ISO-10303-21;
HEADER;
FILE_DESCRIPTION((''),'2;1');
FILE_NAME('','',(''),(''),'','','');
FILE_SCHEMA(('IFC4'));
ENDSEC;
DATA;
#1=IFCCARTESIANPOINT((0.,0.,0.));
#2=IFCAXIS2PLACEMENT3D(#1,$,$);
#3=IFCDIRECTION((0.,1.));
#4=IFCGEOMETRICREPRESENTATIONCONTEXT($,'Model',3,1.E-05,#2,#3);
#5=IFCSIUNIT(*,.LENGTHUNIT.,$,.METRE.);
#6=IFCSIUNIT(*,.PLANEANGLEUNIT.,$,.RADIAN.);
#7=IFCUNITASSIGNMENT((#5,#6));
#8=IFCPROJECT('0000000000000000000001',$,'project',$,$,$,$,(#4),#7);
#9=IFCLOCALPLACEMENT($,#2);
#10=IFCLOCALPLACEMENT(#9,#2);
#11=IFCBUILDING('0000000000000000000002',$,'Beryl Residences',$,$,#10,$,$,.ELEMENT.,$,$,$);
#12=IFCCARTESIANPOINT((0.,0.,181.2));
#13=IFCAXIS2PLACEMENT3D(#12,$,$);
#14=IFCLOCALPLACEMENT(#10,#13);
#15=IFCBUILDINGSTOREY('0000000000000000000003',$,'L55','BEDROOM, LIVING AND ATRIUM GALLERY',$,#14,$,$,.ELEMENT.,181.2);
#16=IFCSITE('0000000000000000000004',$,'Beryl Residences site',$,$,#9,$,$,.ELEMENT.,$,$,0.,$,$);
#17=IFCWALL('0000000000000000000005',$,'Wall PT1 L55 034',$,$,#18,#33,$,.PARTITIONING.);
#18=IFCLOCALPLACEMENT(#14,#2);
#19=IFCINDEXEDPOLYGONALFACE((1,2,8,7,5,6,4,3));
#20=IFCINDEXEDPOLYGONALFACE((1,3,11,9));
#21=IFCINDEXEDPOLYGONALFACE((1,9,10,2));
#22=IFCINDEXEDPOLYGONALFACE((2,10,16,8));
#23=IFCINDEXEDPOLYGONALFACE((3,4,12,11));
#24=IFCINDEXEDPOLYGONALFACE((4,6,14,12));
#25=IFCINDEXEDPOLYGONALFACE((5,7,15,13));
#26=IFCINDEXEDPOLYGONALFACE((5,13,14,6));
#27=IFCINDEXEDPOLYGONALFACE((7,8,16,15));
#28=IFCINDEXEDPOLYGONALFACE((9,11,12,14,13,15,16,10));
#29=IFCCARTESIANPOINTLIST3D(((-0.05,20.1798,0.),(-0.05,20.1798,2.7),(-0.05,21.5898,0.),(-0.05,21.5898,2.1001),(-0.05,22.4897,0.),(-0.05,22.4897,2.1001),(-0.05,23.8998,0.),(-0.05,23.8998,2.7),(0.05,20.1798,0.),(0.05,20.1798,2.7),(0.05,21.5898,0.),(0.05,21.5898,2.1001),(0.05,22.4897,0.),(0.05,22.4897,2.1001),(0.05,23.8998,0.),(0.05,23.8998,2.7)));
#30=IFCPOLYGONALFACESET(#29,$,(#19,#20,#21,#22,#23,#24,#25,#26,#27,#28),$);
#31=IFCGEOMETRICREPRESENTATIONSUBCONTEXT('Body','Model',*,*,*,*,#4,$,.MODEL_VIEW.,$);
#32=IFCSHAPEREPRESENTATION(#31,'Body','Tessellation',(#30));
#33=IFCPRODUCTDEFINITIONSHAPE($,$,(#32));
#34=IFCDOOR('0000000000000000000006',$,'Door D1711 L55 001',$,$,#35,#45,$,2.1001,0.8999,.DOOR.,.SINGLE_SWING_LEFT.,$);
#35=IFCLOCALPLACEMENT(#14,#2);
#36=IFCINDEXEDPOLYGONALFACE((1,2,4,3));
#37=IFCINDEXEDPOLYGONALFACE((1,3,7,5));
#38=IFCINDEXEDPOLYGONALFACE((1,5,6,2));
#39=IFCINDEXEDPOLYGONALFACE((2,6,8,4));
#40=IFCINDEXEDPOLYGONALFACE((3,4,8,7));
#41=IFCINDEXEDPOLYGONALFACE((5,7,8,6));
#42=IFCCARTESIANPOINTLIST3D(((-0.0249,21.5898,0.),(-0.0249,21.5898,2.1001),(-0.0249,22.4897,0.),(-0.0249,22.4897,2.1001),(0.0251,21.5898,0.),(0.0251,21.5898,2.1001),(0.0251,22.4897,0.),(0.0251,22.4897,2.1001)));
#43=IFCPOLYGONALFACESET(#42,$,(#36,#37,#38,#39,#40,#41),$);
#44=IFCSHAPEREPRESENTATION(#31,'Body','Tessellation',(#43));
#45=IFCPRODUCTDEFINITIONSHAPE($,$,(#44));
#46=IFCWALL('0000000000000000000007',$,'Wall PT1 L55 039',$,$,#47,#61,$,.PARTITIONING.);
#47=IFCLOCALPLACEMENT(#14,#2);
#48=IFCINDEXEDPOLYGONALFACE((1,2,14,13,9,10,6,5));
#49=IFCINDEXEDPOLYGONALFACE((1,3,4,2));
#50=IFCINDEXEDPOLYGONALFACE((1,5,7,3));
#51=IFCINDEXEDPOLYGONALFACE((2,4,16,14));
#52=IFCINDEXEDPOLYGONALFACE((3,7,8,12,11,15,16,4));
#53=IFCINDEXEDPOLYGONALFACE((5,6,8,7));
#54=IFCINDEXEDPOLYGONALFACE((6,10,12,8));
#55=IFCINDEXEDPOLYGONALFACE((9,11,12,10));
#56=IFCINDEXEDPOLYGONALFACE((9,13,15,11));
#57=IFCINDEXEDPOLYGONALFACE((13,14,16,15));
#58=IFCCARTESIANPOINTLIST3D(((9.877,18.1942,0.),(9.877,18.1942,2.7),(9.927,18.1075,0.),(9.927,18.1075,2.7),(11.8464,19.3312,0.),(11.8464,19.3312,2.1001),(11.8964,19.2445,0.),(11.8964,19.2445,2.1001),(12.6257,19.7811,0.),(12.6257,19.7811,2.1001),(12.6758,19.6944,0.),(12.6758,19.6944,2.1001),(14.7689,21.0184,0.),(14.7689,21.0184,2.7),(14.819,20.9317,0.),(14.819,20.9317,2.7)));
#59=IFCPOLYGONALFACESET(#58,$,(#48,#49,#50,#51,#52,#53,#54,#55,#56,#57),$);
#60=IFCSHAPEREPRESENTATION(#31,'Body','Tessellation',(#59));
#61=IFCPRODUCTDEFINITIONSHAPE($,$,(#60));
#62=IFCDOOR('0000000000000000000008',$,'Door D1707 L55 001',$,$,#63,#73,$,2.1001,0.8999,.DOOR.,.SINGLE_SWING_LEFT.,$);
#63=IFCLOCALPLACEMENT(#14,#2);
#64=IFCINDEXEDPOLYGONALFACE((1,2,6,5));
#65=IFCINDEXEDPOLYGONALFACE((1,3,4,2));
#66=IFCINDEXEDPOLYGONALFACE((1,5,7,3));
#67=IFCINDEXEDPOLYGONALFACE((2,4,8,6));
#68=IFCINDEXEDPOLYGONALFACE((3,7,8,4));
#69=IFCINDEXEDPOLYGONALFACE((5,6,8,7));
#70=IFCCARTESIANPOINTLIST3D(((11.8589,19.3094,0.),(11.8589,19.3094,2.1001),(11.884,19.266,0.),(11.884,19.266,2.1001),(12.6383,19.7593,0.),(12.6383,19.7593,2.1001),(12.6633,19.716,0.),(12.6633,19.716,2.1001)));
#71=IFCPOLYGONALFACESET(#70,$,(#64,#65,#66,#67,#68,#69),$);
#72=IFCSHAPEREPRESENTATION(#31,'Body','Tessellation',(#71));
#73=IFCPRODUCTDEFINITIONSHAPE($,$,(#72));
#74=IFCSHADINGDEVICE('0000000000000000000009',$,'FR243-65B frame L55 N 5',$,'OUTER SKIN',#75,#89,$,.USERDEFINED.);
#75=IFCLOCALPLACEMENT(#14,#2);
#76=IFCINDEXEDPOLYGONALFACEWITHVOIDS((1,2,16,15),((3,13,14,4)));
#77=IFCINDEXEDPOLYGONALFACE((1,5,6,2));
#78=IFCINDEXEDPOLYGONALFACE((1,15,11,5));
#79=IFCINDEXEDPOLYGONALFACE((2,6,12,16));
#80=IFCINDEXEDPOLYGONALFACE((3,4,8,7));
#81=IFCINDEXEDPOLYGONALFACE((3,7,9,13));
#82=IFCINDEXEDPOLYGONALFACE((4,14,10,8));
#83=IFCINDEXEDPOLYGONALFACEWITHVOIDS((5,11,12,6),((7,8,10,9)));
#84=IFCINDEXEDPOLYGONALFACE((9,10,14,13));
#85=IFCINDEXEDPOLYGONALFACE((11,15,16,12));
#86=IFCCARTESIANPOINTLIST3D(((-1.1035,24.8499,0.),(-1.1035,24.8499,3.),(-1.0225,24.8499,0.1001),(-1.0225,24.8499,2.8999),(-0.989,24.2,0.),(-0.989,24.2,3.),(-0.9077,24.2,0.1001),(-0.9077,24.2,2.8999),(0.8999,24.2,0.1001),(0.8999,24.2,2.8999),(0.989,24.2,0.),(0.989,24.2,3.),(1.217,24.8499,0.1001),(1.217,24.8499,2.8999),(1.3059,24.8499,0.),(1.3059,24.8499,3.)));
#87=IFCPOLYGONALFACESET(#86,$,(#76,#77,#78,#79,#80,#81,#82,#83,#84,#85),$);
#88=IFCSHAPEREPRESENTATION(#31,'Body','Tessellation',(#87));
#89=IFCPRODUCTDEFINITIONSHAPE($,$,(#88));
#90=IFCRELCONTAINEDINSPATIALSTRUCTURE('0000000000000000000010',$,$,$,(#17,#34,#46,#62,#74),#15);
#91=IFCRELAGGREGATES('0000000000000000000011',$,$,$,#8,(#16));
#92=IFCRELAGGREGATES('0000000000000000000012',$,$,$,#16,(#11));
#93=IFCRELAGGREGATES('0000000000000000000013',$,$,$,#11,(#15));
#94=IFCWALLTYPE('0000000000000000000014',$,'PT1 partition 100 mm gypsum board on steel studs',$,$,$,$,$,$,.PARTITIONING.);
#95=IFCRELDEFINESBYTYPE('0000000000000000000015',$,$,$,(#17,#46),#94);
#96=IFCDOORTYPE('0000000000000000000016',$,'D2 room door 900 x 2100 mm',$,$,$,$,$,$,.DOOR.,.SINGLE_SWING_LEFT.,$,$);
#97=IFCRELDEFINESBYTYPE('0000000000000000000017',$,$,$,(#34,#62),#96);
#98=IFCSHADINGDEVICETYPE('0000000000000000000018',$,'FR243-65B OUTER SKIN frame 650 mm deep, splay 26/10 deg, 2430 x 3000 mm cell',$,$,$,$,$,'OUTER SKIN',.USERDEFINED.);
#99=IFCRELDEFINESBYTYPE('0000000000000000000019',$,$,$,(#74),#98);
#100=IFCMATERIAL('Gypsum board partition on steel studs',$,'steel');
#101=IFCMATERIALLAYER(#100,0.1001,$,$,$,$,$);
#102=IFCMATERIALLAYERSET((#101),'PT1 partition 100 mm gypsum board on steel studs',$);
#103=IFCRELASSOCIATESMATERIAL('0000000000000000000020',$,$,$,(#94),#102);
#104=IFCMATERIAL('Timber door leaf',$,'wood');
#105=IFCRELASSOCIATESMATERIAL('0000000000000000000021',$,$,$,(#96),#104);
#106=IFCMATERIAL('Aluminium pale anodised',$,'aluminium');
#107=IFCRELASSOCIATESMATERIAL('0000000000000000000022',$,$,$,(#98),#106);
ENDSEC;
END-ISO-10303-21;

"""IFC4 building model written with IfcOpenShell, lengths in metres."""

from ifc_helpers import new_model, entity, si_unit, direction, frame, frame_2d, origin, place, context, subcontext, project, spatial, rectangle, extrude, source, transform, mapped, material, layer, layer_set, type_object, type_shapes, element, fill, save


model = new_model("IFC4")

# Units and contexts
model_context = context("Model", 3, precision=1e-05, world=origin(), true_north=direction((0.0, 1.0)))
body_context = subcontext(model_context, "Body", "Model", "MODEL_VIEW")
ifc_project = project(units=[si_unit("LENGTHUNIT", "METRE"), si_unit("PLANEANGLEUNIT", "RADIAN")], contexts=[model_context])

# Site, building, storey
site_placement = place(None, origin())
site = spatial("IfcSite", under=ifc_project, at=site_placement, Name="Beryl Residences site", CompositionType="ELEMENT", RefElevation=0.0)
building_placement = place(site_placement, origin())
building = spatial("IfcBuilding", under=site, at=building_placement, Name="Beryl Residences", CompositionType="ELEMENT")
storey_placement = place(building_placement, frame((0.0, 0.0, 181.2)))
storey = spatial("IfcBuildingStorey", under=building, at=storey_placement, Name="L55", Description="BEDROOM, LIVING AND ATRIUM GALLERY", CompositionType="ELEMENT", Elevation=181.2)

# Shared definitions
ifc_material_1 = material(Name="Gypsum board partition on steel studs", Category="steel")
ifc_layer = layer(ifc_material_1, 0.1001)
ifc_layer_set = layer_set([ifc_layer], Name="PT1 partition 100 mm gypsum board on steel studs")
wall_type = type_object("IfcWallType", Name="PT1 partition 100 mm gypsum board on steel studs", PredefinedType="PARTITIONING", material=ifc_layer_set)

# Walls, openings, doors
ifc_material_2 = material(Name="Timber door leaf", Category="wood")
door_type_1 = type_object("IfcDoorType", Name="D2 room door 900 x 2100 mm", OperationType="SINGLE_SWING_LEFT", PredefinedType="DOOR", material=ifc_material_2)
wall_1_placement = place(storey_placement, frame((0.0, 20.1799, 0.0), z_axis=(0.0, 0.0, 1.0), x_axis=(0.0, 1.0, 0.0)))
wall_1 = element("IfcWall", 1, at=wall_1_placement, inside=storey, type_object=wall_type, Name="Wall PT1 L55 034", PredefinedType="PARTITIONING", context=body_context, shape_type="SweptSolid", body=[
    extrude(rectangle(XDim=3.72, YDim=0.1001, at=frame_2d((1.8599, 0.0))), origin(), (0.0, 0.0, 1.0), 2.7),
])
opening_1_placement = place(wall_1_placement, frame((1.4099, 0.0, 0.0)))
opening_1 = element("IfcOpeningElement", 2, at=opening_1_placement, cuts=wall_1, PredefinedType="OPENING", context=body_context, shape_type="SweptSolid", body=[
    extrude(rectangle(XDim=0.8999, YDim=2.1001, at=frame_2d((0.45, 1.05))), frame((0.0, 0.0601, 0.0), z_axis=(0.0, -1.0, 0.0), x_axis=(1.0, 0.0, 0.0)), (0.0, 0.0, 1.0), 0.1201),
])
door_1_placement = place(opening_1_placement, origin())
door_1 = element("IfcDoor", 3, at=door_1_placement, inside=storey, type_object=door_type_1, Name="Door D1711 L55 001", OperationType="SINGLE_SWING_LEFT", OverallHeight=2.1001, OverallWidth=0.8999, PredefinedType="DOOR", context=body_context, shape_type="SweptSolid", body=[
    extrude(rectangle(XDim=0.8999, YDim=2.1001, at=frame_2d((0.45, 1.05))), frame((0.0, 0.0249, 0.0), z_axis=(0.0, -1.0, 0.0), x_axis=(1.0, 0.0, 0.0)), (0.0, 0.0, 1.0), 0.05),
])
fill(opening_1, door_1)
wall_2_placement = place(storey_placement, frame((9.9021, 18.1509, 0.0), z_axis=(0.0, 0.0, 1.0), x_axis=(0.866032, 0.499988, 0.0)))
wall_2 = element("IfcWall", 4, at=wall_2_placement, inside=storey, type_object=wall_type, Name="Wall PT1 L55 039", PredefinedType="PARTITIONING", context=body_context, shape_type="SweptSolid", body=[
    extrude(rectangle(XDim=5.6487, YDim=0.1001, at=frame_2d((2.8242, 0.0))), origin(), (0.0, 0.0, 1.0), 2.7),
])
opening_2_placement = place(wall_2_placement, frame((2.2739, 0.0, 0.0)))
opening_2 = element("IfcOpeningElement", 5, at=opening_2_placement, cuts=wall_2, PredefinedType="OPENING", context=body_context, shape_type="SweptSolid", body=[
    extrude(rectangle(XDim=0.8999, YDim=2.1001, at=frame_2d((0.45, 1.05))), frame((0.0, 0.0601, 0.0), z_axis=(0.0, -1.0, 0.0), x_axis=(1.0, 0.0, 0.0)), (0.0, 0.0, 1.0), 0.1201),
])
door_2_placement = place(opening_2_placement, origin())
door_2 = element("IfcDoor", 6, at=door_2_placement, inside=storey, type_object=door_type_1, Name="Door D1707 L55 001", OperationType="SINGLE_SWING_LEFT", OverallHeight=2.1001, OverallWidth=0.8999, PredefinedType="DOOR", context=body_context, shape_type="SweptSolid", body=[
    extrude(rectangle(XDim=0.8999, YDim=2.1001, at=frame_2d((0.45, 1.05))), frame((0.0, 0.0249, 0.0), z_axis=(0.0, -1.0, 0.0), x_axis=(1.0, 0.0, 0.0)), (0.0, 0.0, 1.0), 0.05),
])
fill(opening_2, door_2)

# Shading device
ifc_material_3 = material(Name="Aluminium pale anodised", Category="aluminium")
shading_device_type_1 = type_object("IfcShadingDeviceType", Name="FR243-65B OUTER SKIN frame 650 mm deep, splay 26/10 deg, 2430 x 3000 mm cell", ElementType="OUTER SKIN", PredefinedType="USERDEFINED", material=ifc_material_3)
cartesian_point_1 = entity("IfcCartesianPoint", [-0.989, 0.0])
cartesian_point_2 = entity("IfcCartesianPoint", [-0.8999, 0.1001])
cartesian_point_3 = entity("IfcCartesianPoint", [-1.3059, 0.0])
cartesian_point_4 = entity("IfcCartesianPoint", [-1.217, 0.1001])
shared_shape_1 = source(origin(), body_context, "Body", "SweptSolid", [
    entity("IfcExtrudedAreaSolidTapered", entity("IfcArbitraryProfileDefWithVoids", "AREA", None, entity("IfcPolyline", [cartesian_point_1, entity("IfcCartesianPoint", [0.989, 0.0]), entity("IfcCartesianPoint", [0.989, 3.0]), entity("IfcCartesianPoint", [-0.989, 3.0]), cartesian_point_1]), [entity("IfcPolyline", [cartesian_point_2, entity("IfcCartesianPoint", [0.9077, 0.1001]), entity("IfcCartesianPoint", [0.9077, 2.8999]), entity("IfcCartesianPoint", [-0.8999, 2.8999]), cartesian_point_2])]), entity("IfcAxis2Placement3D", entity("IfcCartesianPoint", [0.0, 0.0, 0.0]), entity("IfcDirection", [0.0, 1.0, 0.0]), entity("IfcDirection", [-1.0, 0.0, 0.0])), entity("IfcDirection", [0.0, 0.0, 1.0]), 0.6499, entity("IfcArbitraryProfileDefWithVoids", "AREA", None, entity("IfcPolyline", [cartesian_point_3, entity("IfcCartesianPoint", [1.1035, 0.0]), entity("IfcCartesianPoint", [1.1035, 3.0]), entity("IfcCartesianPoint", [-1.3059, 3.0]), cartesian_point_3]), [entity("IfcPolyline", [cartesian_point_4, entity("IfcCartesianPoint", [1.0225, 0.1001]), entity("IfcCartesianPoint", [1.0225, 2.8999]), entity("IfcCartesianPoint", [-1.217, 2.8999]), cartesian_point_4])])),
])
type_shapes(shading_device_type_1, [shared_shape_1])
for number, where, z_axis, x_axis, name in (
    (7, (0.0, 24.2, 0.0), (0.0, 0.0, 1.0), (1.0, 0.0, 0.0), "FR243-65B frame L55 N 5"),
):
    element("IfcShadingDevice", number, at=place(storey_placement, frame(where, z_axis=z_axis, x_axis=x_axis)), inside=storey, type_object=shading_device_type_1, Name=name, ObjectType="OUTER SKIN", PredefinedType="USERDEFINED", context=body_context, shape_type="MappedRepresentation", body=[
        mapped(shared_shape_1, transform((0.0, 0.0, 0.0))),
    ])

save(model, "model.ifc")
